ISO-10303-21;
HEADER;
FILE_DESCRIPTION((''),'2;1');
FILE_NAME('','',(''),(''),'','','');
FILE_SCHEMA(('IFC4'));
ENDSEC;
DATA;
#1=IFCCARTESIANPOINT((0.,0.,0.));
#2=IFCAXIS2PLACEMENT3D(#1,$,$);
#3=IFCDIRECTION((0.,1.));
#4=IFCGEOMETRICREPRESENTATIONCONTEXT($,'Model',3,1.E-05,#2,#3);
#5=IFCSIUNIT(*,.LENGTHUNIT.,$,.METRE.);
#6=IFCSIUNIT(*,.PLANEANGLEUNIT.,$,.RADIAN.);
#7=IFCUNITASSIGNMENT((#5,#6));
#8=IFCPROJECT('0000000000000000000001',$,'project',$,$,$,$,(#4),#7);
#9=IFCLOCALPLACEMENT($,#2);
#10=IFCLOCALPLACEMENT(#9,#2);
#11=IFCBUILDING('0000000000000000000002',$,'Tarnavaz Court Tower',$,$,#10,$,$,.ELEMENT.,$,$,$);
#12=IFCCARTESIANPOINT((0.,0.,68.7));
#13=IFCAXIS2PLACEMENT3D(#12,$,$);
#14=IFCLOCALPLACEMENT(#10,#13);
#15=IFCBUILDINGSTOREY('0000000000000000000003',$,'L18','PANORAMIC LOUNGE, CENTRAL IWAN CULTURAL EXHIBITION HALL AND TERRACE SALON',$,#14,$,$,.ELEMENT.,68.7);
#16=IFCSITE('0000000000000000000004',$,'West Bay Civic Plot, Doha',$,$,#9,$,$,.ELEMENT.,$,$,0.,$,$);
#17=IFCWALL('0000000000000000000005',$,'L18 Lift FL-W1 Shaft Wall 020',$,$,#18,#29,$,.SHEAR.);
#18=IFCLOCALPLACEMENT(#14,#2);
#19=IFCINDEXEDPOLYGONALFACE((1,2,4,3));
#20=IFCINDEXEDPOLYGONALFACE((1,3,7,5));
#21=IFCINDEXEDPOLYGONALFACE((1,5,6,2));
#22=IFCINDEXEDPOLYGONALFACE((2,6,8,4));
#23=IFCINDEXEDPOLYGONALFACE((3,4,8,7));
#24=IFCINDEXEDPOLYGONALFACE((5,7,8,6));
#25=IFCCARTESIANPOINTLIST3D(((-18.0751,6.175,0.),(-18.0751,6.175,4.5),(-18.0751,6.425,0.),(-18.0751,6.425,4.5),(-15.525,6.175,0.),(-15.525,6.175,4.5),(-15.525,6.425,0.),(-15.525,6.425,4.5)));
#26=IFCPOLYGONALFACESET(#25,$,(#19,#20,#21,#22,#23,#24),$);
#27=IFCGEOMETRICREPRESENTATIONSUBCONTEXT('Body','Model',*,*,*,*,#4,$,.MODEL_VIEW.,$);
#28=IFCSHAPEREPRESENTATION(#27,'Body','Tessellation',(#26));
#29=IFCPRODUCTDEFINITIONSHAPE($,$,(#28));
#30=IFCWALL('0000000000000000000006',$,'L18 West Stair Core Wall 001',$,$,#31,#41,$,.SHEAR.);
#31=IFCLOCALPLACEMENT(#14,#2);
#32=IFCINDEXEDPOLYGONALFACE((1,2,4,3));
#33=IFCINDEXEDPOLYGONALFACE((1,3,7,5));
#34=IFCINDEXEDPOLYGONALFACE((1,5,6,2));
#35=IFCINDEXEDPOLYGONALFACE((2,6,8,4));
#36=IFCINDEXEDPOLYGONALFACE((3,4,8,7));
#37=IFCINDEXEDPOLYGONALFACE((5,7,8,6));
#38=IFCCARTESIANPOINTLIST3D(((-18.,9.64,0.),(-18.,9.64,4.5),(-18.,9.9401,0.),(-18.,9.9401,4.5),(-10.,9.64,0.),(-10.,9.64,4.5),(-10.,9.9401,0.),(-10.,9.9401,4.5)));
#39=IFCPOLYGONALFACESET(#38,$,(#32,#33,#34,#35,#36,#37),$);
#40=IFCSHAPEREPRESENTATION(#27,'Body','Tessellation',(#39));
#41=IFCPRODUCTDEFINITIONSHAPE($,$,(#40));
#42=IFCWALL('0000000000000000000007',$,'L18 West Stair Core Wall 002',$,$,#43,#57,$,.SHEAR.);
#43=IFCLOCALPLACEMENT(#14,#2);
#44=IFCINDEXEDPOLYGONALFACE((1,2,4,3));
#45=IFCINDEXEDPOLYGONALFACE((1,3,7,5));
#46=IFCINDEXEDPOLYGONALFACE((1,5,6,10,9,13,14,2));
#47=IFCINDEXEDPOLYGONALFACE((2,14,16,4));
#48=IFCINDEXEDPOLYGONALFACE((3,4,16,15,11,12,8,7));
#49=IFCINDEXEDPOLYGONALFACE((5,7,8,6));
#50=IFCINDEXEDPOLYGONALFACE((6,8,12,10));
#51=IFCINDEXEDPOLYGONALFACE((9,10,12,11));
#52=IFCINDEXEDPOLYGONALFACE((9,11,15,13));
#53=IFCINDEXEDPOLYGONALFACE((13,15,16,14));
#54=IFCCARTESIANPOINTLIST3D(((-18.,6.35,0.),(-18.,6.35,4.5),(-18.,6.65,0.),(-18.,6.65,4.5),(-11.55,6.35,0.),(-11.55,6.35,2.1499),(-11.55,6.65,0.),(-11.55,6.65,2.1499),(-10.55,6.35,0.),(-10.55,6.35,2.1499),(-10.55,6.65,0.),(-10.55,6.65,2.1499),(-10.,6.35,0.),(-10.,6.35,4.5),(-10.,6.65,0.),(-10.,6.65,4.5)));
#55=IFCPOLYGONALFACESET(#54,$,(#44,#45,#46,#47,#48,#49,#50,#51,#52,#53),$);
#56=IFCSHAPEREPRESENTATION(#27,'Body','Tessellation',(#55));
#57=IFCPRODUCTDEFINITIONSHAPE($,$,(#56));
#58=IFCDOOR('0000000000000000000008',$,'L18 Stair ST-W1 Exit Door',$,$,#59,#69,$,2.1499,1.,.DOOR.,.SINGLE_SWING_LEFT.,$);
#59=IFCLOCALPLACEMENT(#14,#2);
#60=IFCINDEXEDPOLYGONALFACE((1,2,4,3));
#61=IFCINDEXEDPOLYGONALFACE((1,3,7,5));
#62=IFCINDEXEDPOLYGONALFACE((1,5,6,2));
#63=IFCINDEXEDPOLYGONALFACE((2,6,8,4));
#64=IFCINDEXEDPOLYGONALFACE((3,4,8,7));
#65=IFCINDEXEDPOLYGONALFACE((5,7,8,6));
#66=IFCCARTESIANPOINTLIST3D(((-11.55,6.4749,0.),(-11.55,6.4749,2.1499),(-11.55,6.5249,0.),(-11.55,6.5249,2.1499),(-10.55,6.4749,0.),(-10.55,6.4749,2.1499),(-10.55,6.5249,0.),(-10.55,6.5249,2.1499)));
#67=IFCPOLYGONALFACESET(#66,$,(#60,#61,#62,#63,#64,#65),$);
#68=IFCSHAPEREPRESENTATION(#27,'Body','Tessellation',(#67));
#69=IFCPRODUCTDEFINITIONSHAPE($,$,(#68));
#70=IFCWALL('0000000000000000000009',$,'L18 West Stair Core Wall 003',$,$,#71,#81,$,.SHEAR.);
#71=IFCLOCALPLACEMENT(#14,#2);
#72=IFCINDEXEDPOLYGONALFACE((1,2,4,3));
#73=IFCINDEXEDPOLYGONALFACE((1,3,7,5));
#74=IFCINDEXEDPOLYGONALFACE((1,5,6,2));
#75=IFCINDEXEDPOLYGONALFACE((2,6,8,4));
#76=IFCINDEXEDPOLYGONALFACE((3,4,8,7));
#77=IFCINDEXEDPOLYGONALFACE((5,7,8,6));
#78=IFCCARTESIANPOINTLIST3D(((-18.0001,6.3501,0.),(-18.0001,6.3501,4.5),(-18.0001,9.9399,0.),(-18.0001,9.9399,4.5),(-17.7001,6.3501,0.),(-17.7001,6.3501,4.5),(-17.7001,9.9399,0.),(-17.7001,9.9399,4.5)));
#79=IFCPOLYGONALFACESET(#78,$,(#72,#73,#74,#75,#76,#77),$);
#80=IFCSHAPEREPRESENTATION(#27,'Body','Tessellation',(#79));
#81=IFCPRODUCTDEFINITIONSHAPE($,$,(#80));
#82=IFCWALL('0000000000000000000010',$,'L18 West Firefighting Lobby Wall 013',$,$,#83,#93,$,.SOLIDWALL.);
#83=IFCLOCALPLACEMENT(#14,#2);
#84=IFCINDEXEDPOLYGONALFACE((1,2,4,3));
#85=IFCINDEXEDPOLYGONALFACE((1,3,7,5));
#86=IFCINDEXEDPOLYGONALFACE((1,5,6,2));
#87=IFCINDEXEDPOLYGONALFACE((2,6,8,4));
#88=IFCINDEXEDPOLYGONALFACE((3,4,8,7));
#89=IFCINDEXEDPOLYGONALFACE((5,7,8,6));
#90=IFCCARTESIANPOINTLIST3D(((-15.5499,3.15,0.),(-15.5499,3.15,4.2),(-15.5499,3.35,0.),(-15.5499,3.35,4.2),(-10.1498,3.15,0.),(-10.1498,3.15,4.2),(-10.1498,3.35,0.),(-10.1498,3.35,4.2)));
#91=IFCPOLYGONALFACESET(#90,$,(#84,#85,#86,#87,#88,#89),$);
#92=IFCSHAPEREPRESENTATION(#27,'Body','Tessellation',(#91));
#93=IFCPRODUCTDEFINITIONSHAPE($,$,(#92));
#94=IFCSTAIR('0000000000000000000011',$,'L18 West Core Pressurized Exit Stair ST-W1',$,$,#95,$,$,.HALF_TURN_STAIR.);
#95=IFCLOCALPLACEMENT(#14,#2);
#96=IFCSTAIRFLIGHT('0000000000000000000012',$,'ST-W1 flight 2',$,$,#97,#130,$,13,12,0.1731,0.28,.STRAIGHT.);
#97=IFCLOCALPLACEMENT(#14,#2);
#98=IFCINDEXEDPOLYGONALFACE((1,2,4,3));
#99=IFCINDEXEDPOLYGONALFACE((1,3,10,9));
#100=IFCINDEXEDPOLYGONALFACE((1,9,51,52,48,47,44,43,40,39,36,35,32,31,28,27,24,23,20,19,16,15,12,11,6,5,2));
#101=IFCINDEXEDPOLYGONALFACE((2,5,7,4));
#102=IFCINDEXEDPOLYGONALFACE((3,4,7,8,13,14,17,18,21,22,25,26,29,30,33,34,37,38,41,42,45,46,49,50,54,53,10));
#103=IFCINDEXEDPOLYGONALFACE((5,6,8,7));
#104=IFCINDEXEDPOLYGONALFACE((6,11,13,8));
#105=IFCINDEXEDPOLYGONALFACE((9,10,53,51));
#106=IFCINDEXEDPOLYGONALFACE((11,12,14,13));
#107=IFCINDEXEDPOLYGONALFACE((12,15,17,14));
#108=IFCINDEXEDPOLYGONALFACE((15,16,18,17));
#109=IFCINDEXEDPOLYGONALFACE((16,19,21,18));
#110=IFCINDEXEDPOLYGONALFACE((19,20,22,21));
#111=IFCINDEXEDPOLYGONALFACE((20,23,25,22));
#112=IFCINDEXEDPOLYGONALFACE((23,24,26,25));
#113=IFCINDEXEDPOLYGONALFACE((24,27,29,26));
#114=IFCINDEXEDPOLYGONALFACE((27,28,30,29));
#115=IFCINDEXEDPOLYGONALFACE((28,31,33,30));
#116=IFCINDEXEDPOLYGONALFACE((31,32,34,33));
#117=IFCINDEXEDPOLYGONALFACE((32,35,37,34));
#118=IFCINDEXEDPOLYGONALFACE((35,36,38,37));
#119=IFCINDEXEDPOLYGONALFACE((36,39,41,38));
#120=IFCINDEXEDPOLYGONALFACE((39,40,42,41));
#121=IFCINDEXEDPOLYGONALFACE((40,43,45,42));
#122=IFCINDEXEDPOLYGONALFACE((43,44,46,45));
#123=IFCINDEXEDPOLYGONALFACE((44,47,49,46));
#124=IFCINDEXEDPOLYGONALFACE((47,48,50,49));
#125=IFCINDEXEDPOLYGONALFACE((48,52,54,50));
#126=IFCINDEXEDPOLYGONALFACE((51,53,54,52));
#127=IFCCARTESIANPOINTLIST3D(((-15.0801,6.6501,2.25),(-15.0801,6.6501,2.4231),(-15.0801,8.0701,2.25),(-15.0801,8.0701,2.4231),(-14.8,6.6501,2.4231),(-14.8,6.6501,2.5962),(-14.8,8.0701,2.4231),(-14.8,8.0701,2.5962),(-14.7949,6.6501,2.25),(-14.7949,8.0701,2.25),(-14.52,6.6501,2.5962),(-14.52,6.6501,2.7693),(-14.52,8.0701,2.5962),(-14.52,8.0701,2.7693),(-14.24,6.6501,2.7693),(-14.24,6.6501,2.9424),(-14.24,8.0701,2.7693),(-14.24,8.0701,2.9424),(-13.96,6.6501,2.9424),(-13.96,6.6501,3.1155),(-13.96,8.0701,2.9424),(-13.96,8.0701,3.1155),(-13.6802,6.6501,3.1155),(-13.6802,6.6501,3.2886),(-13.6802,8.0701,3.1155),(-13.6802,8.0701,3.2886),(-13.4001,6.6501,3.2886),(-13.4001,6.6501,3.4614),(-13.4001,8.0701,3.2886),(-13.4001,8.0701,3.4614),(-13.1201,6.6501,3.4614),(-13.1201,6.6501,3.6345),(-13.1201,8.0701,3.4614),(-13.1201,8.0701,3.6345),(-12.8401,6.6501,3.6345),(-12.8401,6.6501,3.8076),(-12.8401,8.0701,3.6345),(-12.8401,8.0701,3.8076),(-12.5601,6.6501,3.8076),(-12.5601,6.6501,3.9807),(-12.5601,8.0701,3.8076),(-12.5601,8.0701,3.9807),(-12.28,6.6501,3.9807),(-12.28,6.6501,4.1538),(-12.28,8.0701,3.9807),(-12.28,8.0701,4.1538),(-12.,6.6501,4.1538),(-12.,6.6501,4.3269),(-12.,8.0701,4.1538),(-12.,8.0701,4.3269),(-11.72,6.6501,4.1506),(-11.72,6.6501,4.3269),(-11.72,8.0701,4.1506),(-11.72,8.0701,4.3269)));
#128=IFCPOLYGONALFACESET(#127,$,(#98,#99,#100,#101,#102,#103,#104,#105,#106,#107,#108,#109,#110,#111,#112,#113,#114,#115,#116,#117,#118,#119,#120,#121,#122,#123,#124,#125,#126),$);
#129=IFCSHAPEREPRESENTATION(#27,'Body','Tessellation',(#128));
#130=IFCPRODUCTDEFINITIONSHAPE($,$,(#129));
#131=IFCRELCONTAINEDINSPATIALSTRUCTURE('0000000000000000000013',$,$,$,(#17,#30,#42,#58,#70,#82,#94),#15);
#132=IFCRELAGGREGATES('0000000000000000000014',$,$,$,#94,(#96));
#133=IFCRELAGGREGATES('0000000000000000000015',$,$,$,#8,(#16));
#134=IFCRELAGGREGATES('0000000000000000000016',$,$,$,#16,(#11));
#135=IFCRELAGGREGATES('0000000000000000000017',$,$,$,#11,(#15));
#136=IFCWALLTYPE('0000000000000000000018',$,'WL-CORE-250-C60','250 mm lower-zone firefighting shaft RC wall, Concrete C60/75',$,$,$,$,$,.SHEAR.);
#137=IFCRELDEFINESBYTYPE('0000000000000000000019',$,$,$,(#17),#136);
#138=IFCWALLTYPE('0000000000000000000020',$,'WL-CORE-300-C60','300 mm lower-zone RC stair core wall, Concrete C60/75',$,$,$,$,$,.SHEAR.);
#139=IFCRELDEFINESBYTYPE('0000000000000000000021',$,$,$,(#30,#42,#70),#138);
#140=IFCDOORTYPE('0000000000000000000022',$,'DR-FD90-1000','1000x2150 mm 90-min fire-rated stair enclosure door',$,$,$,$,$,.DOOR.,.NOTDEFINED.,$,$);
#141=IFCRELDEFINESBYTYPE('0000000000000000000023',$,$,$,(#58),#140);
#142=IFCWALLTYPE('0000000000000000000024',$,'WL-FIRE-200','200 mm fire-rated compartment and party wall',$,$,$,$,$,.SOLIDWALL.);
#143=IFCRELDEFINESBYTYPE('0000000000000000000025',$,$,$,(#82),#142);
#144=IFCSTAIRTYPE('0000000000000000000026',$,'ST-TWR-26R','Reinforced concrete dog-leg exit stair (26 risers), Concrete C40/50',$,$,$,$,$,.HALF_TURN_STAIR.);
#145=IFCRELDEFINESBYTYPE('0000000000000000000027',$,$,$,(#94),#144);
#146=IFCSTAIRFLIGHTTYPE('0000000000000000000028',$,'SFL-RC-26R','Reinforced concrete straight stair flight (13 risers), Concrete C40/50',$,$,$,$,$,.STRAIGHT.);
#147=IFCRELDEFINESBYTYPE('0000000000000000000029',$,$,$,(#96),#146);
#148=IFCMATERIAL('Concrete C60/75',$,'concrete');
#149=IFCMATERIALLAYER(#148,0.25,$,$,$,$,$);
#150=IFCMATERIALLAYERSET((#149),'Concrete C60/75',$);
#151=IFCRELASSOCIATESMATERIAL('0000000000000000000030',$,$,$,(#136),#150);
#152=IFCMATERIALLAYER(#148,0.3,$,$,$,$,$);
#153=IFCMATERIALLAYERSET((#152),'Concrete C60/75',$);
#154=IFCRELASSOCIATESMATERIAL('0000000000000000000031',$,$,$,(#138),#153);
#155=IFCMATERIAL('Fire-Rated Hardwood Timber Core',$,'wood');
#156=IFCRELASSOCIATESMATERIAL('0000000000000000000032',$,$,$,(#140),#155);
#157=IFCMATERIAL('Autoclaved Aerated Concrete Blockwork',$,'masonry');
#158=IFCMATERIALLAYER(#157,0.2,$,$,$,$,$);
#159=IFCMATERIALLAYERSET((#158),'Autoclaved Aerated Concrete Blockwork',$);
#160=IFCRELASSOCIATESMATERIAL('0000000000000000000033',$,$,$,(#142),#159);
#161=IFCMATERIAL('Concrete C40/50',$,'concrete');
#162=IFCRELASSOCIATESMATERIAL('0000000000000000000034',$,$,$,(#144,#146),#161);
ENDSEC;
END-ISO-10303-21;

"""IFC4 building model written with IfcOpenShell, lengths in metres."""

from ifc_helpers import new_model, si_unit, direction, frame, frame_2d, origin, place, context, subcontext, project, spatial, polyline, rectangle, outline, extrude, material, layer, layer_set, type_object, element, fill, aggregate, save


model = new_model("IFC4")

# Units and contexts
model_context = context("Model", 3, precision=1e-05, world=origin(), true_north=direction((0.0, 1.0)))
body_context = subcontext(model_context, "Body", "Model", "MODEL_VIEW")
ifc_project = project(units=[si_unit("LENGTHUNIT", "METRE"), si_unit("PLANEANGLEUNIT", "RADIAN")], contexts=[model_context])

# Site, building, storey
site_placement = place(None, origin())
site = spatial("IfcSite", under=ifc_project, at=site_placement, Name="West Bay Civic Plot, Doha", CompositionType="ELEMENT", RefElevation=0.0)
building_placement = place(site_placement, origin())
building = spatial("IfcBuilding", under=site, at=building_placement, Name="Tarnavaz Court Tower", CompositionType="ELEMENT")
storey_placement = place(building_placement, frame((0.0, 0.0, 68.7)))
storey = spatial("IfcBuildingStorey", under=building, at=storey_placement, Name="L18", Description="PANORAMIC LOUNGE, CENTRAL IWAN CULTURAL EXHIBITION HALL AND TERRACE SALON", CompositionType="ELEMENT", Elevation=68.7)

# Shared definitions
ifc_material_1 = material(Name="Concrete C60/75", Category="concrete")

# Shared definitions
ifc_layer_1 = layer(ifc_material_1, 0.25)
ifc_layer_set_1 = layer_set([ifc_layer_1], Name="Concrete C60/75")
wall_type_1 = type_object("IfcWallType", Name="WL-CORE-250-C60", Description="250 mm lower-zone firefighting shaft RC wall, Concrete C60/75", PredefinedType="SHEAR", material=ifc_layer_set_1)

# Walls
for number, where, z_axis, x_axis, name in (
    (1, (-18.075, 6.3, 0.0), (0.0, 0.0, 1.0), (1.0, 0.0, 0.0), "L18 Lift FL-W1 Shaft Wall 020"),
):
    element("IfcWall", number, at=place(storey_placement, frame(where, z_axis=z_axis, x_axis=x_axis)), inside=storey, type_object=wall_type_1, Name=name, PredefinedType="SHEAR", context=body_context, shape_type="SweptSolid", body=[
        extrude(rectangle(XDim=2.55, YDim=0.25, at=frame_2d((1.2749, 0.0))), origin(), (0.0, 0.0, 1.0), 4.5),
    ])
ifc_layer_2 = layer(ifc_material_1, 0.3)
ifc_layer_set_2 = layer_set([ifc_layer_2], Name="Concrete C60/75")
wall_type_2 = type_object("IfcWallType", Name="WL-CORE-300-C60", Description="300 mm lower-zone RC stair core wall, Concrete C60/75", PredefinedType="SHEAR", material=ifc_layer_set_2)
wall_1_placement = place(storey_placement, frame((-18.0, 9.79, 0.0), z_axis=(0.0, 0.0, 1.0), x_axis=(1.0, 0.0, 0.0)))
element("IfcWall", 2, at=wall_1_placement, inside=storey, type_object=wall_type_2, Name="L18 West Stair Core Wall 001", PredefinedType="SHEAR", context=body_context, shape_type="SweptSolid", body=[
    extrude(rectangle(XDim=8.0, YDim=0.3, at=frame_2d((4.0, 0.0))), origin(), (0.0, 0.0, 1.0), 4.5),
])

# Wall, opening, door
wall_2_placement = place(storey_placement, frame((-18.0, 6.5, 0.0), z_axis=(0.0, 0.0, 1.0), x_axis=(1.0, 0.0, 0.0)))
wall_2 = element("IfcWall", 3, at=wall_2_placement, inside=storey, type_object=wall_type_2, Name="L18 West Stair Core Wall 002", PredefinedType="SHEAR", context=body_context, shape_type="SweptSolid", body=[
    extrude(rectangle(XDim=8.0, YDim=0.3, at=frame_2d((4.0, 0.0))), origin(), (0.0, 0.0, 1.0), 4.5),
])
opening_1_placement = place(wall_2_placement, frame((6.45, 0.0, 0.0)))
opening_1 = element("IfcOpeningElement", 4, at=opening_1_placement, cuts=wall_2, PredefinedType="OPENING", context=body_context, shape_type="SweptSolid", body=[
    extrude(rectangle(XDim=1.0, YDim=2.1499, at=frame_2d((0.5, 1.075))), frame((0.0, 0.1599, 0.0), z_axis=(0.0, -1.0, 0.0), x_axis=(1.0, 0.0, 0.0)), (0.0, 0.0, 1.0), 0.3201),
])
ifc_material_2 = material(Name="Fire-Rated Hardwood Timber Core", Category="wood")
door_type_1 = type_object("IfcDoorType", Name="DR-FD90-1000", Description="1000x2150 mm 90-min fire-rated stair enclosure door", OperationType="NOTDEFINED", PredefinedType="DOOR", material=ifc_material_2)
door_1_placement = place(opening_1_placement, origin())
door_1 = element("IfcDoor", 5, at=door_1_placement, inside=storey, type_object=door_type_1, Name="L18 Stair ST-W1 Exit Door", OperationType="SINGLE_SWING_LEFT", OverallHeight=2.1499, OverallWidth=1.0, PredefinedType="DOOR", context=body_context, shape_type="SweptSolid", body=[
    extrude(rectangle(XDim=1.0, YDim=2.1499, at=frame_2d((0.5, 1.075))), frame((0.0, 0.0249, 0.0), z_axis=(0.0, -1.0, 0.0), x_axis=(1.0, 0.0, 0.0)), (0.0, 0.0, 1.0), 0.05),
])
fill(opening_1, door_1)

# Walls
wall_3_placement = place(storey_placement, frame((-17.8501, 6.3501, 0.0), z_axis=(0.0, 0.0, 1.0), x_axis=(0.0, 1.0, 0.0)))
element("IfcWall", 6, at=wall_3_placement, inside=storey, type_object=wall_type_2, Name="L18 West Stair Core Wall 003", PredefinedType="SHEAR", context=body_context, shape_type="SweptSolid", body=[
    extrude(rectangle(XDim=3.5898, YDim=0.3, at=frame_2d((1.7949, 0.0))), origin(), (0.0, 0.0, 1.0), 4.5),
])
ifc_material_3 = material(Name="Autoclaved Aerated Concrete Blockwork", Category="masonry")
ifc_layer_3 = layer(ifc_material_3, 0.2)
ifc_layer_set_3 = layer_set([ifc_layer_3], Name="Autoclaved Aerated Concrete Blockwork")
wall_type_3 = type_object("IfcWallType", Name="WL-FIRE-200", Description="200 mm fire-rated compartment and party wall", PredefinedType="SOLIDWALL", material=ifc_layer_set_3)
wall_4_placement = place(storey_placement, frame((-15.55, 3.25, 0.0), z_axis=(0.0, 0.0, 1.0), x_axis=(1.0, 0.0, 0.0)))
element("IfcWall", 7, at=wall_4_placement, inside=storey, type_object=wall_type_3, Name="L18 West Firefighting Lobby Wall 013", PredefinedType="SOLIDWALL", context=body_context, shape_type="SweptSolid", body=[
    extrude(rectangle(XDim=5.4001, YDim=0.2, at=frame_2d((2.7002, 0.0))), origin(), (0.0, 0.0, 1.0), 4.2),
])

# Stair, stair flight
ifc_material_4 = material(Name="Concrete C40/50", Category="concrete")
stair_type = type_object("IfcStairType", Name="ST-TWR-26R", Description="Reinforced concrete dog-leg exit stair (26 risers), Concrete C40/50", PredefinedType="HALF_TURN_STAIR", material=ifc_material_4)
stair_placement = place(storey_placement, origin())
stair = element("IfcStair", 8, at=stair_placement, inside=storey, type_object=stair_type, Name="L18 West Core Pressurized Exit Stair ST-W1", PredefinedType="HALF_TURN_STAIR")
stair_flight_type = type_object("IfcStairFlightType", Name="SFL-RC-26R", Description="Reinforced concrete straight stair flight (13 risers), Concrete C40/50", PredefinedType="STRAIGHT", material=ifc_material_4)
stair_flight_placement = place(storey_placement, frame((-15.0801, 7.3601, 2.25), z_axis=(0.0, 0.0, 1.0), x_axis=(1.0, 0.0, 0.0)))
stair_flight = element("IfcStairFlight", 9, at=stair_flight_placement, type_object=stair_flight_type, Name="ST-W1 flight 2", NumberOfRisers=13, NumberOfTreads=12, PredefinedType="STRAIGHT", RiserHeight=0.1731, TreadLength=0.28, context=body_context, shape_type="SweptSolid", body=[
    extrude(outline(polyline([(0.0, 0.0), (0.0, 0.1731), (0.28, 0.1731), (0.28, 0.3462), (0.5601, 0.3462), (0.5601, 0.5193), (0.8401, 0.5193), (0.8401, 0.6924), (1.1201, 0.6924), (1.1201, 0.8655), (1.3999, 0.8655), (1.3999, 1.0386), (1.6799, 1.0386), (1.6799, 1.2114), (1.96, 1.2114), (1.96, 1.3845), (2.24, 1.3845), (2.24, 1.5576), (2.52, 1.5576), (2.52, 1.7307), (2.8, 1.7307), (2.8, 1.9038), (3.0801, 1.9038), (3.0801, 2.0769), (3.3601, 2.0769), (3.3601, 2.25), (3.3601, 1.9006), (0.2852, 0.0), (0.0, 0.0)])), frame((0.0, 0.71, 0.0), z_axis=(0.0, -1.0, 0.0), x_axis=(1.0, 0.0, 0.0)), (0.0, 0.0, 1.0), 1.4199),
])
aggregate(stair, [stair_flight])

save(model, "model.ifc")
